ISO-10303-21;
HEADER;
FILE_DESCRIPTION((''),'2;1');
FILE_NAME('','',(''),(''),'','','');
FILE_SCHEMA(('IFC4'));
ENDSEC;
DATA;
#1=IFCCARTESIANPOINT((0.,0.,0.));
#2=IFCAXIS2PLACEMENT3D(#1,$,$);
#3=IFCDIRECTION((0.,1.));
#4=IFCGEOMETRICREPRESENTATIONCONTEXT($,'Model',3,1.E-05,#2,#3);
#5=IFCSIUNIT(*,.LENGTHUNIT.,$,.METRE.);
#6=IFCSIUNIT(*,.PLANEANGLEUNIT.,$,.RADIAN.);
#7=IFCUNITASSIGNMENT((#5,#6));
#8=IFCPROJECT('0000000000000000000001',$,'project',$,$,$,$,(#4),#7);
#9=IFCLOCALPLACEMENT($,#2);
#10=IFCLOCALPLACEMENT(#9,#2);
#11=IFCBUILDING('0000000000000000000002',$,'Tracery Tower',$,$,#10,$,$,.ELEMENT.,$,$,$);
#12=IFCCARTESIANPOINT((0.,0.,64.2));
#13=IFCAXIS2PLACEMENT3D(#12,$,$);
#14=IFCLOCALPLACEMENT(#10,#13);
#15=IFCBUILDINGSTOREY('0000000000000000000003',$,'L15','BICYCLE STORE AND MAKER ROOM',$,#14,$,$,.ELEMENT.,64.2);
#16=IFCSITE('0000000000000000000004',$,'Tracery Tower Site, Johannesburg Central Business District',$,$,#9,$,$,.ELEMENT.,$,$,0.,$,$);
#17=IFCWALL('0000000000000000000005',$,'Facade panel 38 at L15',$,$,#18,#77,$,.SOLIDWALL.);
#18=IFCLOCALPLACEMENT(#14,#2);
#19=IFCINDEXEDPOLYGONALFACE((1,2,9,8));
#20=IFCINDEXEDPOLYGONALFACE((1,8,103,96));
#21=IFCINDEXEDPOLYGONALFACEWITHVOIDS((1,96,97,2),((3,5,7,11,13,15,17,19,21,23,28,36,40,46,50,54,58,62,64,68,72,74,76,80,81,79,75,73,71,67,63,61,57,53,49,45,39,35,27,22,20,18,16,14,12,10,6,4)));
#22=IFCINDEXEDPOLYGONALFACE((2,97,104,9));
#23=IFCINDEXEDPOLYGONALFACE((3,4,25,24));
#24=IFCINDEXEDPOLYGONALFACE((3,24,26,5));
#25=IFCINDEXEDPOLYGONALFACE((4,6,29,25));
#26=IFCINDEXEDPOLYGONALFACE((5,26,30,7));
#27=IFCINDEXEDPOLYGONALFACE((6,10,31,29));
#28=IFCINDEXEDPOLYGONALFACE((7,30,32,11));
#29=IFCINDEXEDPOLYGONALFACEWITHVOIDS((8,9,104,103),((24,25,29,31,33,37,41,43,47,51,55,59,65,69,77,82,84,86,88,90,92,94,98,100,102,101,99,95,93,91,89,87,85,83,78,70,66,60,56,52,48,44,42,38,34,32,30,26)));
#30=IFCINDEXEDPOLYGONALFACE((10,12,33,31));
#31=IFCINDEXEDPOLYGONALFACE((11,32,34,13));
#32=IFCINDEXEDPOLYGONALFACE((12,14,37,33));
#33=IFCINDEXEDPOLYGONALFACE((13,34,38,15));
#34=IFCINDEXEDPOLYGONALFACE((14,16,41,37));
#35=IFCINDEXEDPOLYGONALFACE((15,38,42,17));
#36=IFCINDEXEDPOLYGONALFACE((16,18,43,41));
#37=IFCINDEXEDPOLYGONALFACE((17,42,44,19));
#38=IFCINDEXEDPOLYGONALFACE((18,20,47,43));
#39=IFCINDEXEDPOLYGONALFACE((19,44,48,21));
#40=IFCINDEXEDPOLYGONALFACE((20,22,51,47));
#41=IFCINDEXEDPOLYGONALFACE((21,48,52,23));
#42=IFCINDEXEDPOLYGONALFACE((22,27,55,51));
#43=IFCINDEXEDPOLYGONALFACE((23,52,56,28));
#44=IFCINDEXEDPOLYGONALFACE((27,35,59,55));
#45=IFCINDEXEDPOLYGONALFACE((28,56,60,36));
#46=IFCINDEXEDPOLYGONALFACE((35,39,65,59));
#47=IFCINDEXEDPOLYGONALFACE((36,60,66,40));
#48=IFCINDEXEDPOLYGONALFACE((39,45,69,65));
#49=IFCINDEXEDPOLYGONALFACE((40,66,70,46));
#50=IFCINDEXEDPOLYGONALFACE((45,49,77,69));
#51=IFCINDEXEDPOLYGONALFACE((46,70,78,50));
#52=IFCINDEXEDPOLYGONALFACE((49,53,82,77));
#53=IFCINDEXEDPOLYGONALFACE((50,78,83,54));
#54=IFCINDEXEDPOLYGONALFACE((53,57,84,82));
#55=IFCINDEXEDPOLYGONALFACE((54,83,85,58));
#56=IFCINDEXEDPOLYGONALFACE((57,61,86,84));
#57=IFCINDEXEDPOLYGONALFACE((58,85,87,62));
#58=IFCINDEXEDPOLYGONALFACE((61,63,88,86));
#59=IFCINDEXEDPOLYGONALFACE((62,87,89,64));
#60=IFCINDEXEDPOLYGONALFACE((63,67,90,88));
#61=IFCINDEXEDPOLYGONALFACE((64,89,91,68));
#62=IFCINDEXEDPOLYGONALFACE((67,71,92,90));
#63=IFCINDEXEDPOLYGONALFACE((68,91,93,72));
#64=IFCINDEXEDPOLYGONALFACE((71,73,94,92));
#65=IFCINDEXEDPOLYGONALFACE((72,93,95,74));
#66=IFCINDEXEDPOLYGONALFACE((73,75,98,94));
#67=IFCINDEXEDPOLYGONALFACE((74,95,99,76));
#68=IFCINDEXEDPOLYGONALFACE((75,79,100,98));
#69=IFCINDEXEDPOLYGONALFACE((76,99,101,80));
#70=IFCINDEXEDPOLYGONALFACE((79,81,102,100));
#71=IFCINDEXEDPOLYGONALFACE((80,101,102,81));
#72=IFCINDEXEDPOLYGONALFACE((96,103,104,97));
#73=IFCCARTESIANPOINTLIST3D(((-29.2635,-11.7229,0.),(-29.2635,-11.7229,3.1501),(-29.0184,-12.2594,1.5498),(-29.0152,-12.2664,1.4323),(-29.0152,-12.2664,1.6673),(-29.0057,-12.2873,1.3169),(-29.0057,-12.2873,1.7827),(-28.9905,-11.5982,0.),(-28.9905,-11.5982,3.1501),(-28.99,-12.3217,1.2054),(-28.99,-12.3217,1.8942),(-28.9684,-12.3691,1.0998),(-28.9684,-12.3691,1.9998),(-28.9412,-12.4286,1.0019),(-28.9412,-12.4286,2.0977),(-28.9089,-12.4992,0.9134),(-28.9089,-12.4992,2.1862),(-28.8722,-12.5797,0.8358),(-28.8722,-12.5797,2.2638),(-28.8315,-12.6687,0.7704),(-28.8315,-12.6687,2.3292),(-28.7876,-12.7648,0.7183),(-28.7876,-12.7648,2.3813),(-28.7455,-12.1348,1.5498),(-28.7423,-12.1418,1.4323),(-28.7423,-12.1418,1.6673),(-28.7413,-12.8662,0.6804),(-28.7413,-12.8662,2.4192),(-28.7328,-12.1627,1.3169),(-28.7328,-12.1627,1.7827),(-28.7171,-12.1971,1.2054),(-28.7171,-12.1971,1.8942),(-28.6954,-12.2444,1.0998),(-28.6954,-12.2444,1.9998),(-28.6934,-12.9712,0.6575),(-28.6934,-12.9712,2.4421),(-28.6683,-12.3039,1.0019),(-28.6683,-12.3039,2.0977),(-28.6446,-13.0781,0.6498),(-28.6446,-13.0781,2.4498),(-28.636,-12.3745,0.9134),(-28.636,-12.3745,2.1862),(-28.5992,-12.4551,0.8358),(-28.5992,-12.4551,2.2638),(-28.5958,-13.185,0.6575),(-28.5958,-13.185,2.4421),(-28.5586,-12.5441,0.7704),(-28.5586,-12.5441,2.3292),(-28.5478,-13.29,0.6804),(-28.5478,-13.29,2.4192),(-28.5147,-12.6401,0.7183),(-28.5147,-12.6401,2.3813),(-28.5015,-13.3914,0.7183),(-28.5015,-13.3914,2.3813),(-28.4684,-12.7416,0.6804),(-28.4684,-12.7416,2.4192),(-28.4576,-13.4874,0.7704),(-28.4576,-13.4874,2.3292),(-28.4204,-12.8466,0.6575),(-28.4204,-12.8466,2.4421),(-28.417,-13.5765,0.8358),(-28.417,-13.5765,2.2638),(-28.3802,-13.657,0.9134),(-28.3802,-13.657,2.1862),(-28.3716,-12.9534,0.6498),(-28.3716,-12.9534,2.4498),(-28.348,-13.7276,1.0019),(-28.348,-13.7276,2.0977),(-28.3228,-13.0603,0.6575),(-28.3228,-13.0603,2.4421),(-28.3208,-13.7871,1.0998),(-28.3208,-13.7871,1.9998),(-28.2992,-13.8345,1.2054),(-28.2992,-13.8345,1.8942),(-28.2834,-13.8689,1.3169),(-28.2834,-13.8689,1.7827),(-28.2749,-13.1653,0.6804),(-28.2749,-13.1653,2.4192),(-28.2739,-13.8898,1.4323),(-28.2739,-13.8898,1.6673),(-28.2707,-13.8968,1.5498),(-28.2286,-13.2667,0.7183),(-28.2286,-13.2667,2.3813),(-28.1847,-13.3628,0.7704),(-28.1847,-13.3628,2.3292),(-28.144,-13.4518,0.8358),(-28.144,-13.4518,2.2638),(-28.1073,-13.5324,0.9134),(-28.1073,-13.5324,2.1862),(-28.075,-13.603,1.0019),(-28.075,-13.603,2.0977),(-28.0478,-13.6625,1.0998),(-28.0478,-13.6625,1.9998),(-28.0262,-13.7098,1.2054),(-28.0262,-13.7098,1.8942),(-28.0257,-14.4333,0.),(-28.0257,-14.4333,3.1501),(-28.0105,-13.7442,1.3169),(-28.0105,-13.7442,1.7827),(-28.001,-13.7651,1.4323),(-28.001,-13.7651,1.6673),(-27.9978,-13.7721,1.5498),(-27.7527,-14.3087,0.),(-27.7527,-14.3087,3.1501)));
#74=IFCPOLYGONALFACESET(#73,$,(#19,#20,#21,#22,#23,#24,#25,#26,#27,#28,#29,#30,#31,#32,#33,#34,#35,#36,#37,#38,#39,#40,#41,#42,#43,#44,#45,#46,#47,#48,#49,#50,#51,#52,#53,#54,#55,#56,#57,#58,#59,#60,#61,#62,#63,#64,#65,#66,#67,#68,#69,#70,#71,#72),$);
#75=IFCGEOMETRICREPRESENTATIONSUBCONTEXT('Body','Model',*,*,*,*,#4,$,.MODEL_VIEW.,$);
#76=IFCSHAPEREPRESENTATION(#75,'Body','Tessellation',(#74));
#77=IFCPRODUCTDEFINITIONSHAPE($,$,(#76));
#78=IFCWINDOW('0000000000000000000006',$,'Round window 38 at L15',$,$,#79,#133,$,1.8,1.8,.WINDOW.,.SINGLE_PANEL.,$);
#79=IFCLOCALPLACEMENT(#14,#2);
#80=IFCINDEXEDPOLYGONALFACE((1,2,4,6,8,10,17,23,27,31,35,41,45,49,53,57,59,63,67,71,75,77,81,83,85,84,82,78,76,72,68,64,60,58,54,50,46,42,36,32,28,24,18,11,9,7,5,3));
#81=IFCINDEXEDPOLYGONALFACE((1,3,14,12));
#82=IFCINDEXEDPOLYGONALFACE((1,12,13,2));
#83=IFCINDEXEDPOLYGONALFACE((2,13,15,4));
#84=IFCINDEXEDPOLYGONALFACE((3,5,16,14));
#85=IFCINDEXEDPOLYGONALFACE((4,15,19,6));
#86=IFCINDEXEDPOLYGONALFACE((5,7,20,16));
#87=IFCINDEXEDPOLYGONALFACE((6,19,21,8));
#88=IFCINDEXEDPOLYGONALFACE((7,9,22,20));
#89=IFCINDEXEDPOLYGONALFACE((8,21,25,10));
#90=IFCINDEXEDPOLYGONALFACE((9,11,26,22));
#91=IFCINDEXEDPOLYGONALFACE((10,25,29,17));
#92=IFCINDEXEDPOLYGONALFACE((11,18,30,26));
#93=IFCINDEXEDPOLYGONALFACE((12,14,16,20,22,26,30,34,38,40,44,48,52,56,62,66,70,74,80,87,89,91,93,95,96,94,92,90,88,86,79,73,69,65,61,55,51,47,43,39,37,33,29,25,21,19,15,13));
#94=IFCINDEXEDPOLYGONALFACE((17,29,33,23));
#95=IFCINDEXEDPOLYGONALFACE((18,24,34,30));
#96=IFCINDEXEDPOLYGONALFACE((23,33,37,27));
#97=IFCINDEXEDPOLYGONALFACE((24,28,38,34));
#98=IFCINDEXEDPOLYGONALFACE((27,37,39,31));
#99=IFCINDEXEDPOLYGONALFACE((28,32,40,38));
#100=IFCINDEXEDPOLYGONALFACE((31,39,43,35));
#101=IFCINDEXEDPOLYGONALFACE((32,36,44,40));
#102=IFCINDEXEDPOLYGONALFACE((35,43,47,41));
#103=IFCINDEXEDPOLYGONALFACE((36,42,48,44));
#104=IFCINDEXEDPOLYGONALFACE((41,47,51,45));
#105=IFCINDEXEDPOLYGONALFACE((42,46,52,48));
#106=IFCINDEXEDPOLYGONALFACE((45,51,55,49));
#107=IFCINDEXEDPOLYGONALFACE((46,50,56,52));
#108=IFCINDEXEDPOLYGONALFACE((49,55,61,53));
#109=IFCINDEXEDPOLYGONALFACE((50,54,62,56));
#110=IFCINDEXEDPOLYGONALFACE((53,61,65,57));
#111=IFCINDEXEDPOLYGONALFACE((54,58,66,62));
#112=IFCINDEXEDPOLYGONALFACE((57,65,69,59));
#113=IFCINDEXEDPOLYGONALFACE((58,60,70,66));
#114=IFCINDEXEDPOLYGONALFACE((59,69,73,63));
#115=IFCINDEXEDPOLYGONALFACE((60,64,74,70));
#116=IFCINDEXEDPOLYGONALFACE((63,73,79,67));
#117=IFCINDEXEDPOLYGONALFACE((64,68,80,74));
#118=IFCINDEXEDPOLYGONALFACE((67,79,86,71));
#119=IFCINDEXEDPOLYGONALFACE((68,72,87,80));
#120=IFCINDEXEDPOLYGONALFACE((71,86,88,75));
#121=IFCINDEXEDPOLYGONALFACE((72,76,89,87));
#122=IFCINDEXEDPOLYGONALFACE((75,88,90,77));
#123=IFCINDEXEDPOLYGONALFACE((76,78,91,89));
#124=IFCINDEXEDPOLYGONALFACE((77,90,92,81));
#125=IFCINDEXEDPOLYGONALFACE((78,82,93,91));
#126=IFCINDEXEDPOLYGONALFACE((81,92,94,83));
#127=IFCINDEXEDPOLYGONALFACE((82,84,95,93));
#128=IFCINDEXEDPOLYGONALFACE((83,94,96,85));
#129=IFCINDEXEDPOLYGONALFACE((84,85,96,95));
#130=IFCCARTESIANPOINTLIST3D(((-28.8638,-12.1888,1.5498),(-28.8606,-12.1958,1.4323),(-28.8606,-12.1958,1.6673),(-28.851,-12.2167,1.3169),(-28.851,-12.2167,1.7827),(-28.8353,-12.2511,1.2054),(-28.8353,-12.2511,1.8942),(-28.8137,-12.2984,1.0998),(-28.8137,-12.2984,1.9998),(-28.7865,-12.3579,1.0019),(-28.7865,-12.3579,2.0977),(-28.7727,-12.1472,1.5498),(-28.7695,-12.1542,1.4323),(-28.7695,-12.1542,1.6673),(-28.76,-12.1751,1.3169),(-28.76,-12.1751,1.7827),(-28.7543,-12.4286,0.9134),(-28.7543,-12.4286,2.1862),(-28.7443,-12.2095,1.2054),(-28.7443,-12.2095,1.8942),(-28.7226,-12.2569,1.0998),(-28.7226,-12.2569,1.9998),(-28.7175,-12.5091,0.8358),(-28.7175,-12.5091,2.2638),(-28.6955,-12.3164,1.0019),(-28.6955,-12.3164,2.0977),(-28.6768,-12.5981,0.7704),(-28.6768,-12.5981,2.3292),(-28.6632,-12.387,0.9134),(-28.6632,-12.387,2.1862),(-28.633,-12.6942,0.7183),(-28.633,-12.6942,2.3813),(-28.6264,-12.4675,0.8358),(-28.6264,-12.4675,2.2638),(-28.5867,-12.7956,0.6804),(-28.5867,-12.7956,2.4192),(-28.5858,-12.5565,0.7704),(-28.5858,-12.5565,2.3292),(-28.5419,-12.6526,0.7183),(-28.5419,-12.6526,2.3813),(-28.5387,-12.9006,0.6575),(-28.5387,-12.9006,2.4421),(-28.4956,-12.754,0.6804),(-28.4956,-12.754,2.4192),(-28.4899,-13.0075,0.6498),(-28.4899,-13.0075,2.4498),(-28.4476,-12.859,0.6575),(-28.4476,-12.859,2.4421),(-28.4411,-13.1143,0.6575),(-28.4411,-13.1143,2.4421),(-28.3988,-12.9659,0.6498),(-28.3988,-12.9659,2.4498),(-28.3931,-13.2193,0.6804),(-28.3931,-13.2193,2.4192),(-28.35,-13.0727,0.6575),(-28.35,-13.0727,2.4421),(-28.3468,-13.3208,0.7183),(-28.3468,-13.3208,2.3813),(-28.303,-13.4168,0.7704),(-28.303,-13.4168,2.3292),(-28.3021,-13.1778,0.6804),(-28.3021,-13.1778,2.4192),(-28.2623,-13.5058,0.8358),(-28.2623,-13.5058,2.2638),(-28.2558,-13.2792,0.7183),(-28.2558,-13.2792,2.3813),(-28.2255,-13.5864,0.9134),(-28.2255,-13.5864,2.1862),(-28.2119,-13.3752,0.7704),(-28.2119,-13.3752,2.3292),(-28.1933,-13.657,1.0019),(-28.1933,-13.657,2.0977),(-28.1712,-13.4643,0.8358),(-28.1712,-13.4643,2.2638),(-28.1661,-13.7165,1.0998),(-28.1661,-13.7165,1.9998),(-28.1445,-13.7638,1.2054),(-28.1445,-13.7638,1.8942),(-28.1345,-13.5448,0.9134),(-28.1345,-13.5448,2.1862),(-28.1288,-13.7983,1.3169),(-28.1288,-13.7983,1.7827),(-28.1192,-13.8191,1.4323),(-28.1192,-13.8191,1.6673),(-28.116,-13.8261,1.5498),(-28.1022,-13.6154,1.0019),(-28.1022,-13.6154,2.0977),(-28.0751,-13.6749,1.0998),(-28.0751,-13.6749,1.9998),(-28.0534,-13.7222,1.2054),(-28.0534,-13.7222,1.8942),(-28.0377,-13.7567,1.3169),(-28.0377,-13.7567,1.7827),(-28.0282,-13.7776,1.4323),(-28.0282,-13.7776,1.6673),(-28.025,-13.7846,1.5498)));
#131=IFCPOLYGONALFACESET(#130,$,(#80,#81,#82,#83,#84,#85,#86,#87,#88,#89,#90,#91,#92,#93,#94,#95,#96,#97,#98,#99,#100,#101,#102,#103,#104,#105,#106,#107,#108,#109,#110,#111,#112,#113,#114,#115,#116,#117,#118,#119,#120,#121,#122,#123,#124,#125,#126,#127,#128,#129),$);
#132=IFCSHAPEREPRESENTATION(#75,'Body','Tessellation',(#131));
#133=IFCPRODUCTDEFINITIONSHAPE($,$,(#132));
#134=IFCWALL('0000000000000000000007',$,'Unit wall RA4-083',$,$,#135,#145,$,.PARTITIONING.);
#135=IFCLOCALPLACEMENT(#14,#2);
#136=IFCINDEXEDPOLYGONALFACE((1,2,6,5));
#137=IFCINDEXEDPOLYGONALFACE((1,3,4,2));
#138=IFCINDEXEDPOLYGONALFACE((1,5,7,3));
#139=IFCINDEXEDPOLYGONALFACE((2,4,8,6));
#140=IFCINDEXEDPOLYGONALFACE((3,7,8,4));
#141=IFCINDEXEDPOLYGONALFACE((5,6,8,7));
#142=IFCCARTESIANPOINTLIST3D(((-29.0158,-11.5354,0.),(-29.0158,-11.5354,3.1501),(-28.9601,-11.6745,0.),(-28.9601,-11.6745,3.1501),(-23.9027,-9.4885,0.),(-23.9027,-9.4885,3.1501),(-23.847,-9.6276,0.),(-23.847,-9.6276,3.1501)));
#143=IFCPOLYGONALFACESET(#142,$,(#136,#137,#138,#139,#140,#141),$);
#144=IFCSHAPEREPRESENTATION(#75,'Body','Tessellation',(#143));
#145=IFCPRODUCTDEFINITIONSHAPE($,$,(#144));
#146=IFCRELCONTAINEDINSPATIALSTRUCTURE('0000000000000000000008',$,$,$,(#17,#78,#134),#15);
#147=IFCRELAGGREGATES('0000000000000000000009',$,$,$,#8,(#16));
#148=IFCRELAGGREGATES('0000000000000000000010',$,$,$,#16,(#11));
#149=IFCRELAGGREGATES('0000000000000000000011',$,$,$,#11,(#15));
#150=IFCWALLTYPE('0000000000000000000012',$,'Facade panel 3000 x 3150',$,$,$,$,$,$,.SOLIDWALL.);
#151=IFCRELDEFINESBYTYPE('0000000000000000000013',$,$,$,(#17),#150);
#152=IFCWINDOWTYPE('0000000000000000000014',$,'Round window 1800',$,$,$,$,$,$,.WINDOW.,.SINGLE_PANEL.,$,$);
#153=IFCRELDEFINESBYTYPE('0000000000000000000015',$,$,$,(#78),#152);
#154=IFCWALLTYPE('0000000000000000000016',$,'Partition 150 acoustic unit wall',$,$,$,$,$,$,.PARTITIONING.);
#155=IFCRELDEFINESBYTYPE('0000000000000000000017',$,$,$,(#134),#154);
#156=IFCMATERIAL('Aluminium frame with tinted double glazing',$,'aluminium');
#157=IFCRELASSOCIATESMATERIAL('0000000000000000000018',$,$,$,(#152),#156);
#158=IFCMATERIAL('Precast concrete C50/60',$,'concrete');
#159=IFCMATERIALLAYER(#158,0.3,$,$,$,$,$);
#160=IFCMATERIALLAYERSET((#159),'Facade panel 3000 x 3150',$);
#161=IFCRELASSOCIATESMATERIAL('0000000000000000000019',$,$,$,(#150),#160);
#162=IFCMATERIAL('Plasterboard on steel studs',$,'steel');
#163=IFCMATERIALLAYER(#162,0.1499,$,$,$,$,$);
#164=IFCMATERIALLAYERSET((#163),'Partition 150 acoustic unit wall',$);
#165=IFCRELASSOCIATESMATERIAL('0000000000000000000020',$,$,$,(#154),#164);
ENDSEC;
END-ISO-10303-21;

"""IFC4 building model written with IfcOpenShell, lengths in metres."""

from ifc_helpers import new_model, si_unit, direction, frame, frame_2d, origin, origin_2d, place, context, subcontext, project, spatial, rectangle, circle, extrude, material, layer, layer_set, type_object, element, fill, save


model = new_model("IFC4")

# Units and contexts
model_context = context("Model", 3, precision=1e-05, world=origin(), true_north=direction((0.0, 1.0)))
body_context = subcontext(model_context, "Body", "Model", "MODEL_VIEW")
ifc_project = project(units=[si_unit("LENGTHUNIT", "METRE"), si_unit("PLANEANGLEUNIT", "RADIAN")], contexts=[model_context])

# Site, building, storey
site_placement = place(None, origin())
site = spatial("IfcSite", under=ifc_project, at=site_placement, Name="Tracery Tower Site, Johannesburg Central Business District", CompositionType="ELEMENT", RefElevation=0.0)
building_placement = place(site_placement, origin())
building = spatial("IfcBuilding", under=site, at=building_placement, Name="Tracery Tower", CompositionType="ELEMENT")
storey_placement = place(building_placement, frame((0.0, 0.0, 64.2)))
storey = spatial("IfcBuildingStorey", under=building, at=storey_placement, Name="L15", Description="BICYCLE STORE AND MAKER ROOM", CompositionType="ELEMENT", Elevation=64.2)

# Wall, opening, window
ifc_material_1 = material(Name="Aluminium frame with tinted double glazing", Category="aluminium")
window_type = type_object("IfcWindowType", Name="Round window 1800", PartitioningType="SINGLE_PANEL", PredefinedType="WINDOW", material=ifc_material_1)
ifc_material_2 = material(Name="Precast concrete C50/60", Category="concrete")
ifc_layer_1 = layer(ifc_material_2, 0.3)
ifc_layer_set_1 = layer_set([ifc_layer_1], Name="Facade panel 3000 x 3150")
wall_type_1 = type_object("IfcWallType", Name="Facade panel 3000 x 3150", PredefinedType="SOLIDWALL", material=ifc_layer_set_1)
wall_1_placement = place(storey_placement, frame((-29.127, -11.6606, 0.0), z_axis=(0.0, 0.0, 1.0), x_axis=(0.415407, -0.909636, 0.0)))
wall_1 = element("IfcWall", 1, at=wall_1_placement, inside=storey, type_object=wall_type_1, Name="Facade panel 38 at L15", PredefinedType="SOLIDWALL", context=body_context, shape_type="SweptSolid", body=[
    extrude(rectangle(XDim=2.9797, YDim=0.3, at=frame_2d((1.4897, 0.0))), origin(), (0.0, 0.0, 1.0), 3.1501),
])
opening_1_placement = place(wall_1_placement, frame((1.4897, 0.0, 1.5498)))
opening_1 = element("IfcOpeningElement", 2, at=opening_1_placement, cuts=wall_1, PredefinedType="OPENING", context=body_context, shape_type="SweptSolid", body=[
    extrude(circle(Radius=0.9, at=origin_2d()), frame((0.0, 0.1599, 0.0), z_axis=(0.0, -1.0, 0.0), x_axis=(1.0, 0.0, 0.0)), (0.0, 0.0, 1.0), 0.3201),
])
window_1_placement = place(opening_1_placement, origin())
window_1 = element("IfcWindow", 3, at=window_1_placement, inside=storey, type_object=window_type, Name="Round window 38 at L15", OverallHeight=1.8, OverallWidth=1.8, PartitioningType="SINGLE_PANEL", PredefinedType="WINDOW", context=body_context, shape_type="SweptSolid", body=[
    extrude(circle(Radius=0.9, at=origin_2d()), frame((0.0, 0.1201, 0.0), z_axis=(0.0, -1.0, 0.0), x_axis=(1.0, 0.0, 0.0)), (0.0, 0.0, 1.0), 0.1001),
])
fill(opening_1, window_1)

# Wall
ifc_material_3 = material(Name="Plasterboard on steel studs", Category="steel")
ifc_layer_2 = layer(ifc_material_3, 0.1499)
ifc_layer_set_2 = layer_set([ifc_layer_2], Name="Partition 150 acoustic unit wall")
wall_type_2 = type_object("IfcWallType", Name="Partition 150 acoustic unit wall", PredefinedType="PARTITIONING", material=ifc_layer_set_2)
wall_2_placement = place(storey_placement, frame((-28.988, -11.605, 0.0), z_axis=(0.0, 0.0, 1.0), x_axis=(0.928373, 0.371651, 0.0)))
element("IfcWall", 4, at=wall_2_placement, inside=storey, type_object=wall_type_2, Name="Unit wall RA4-083", PredefinedType="PARTITIONING", context=body_context, shape_type="SweptSolid", body=[
    extrude(rectangle(XDim=5.5076, YDim=0.1499, at=frame_2d((2.7539, 0.0))), origin(), (0.0, 0.0, 1.0), 3.1501),
])

save(model, "model.ifc")
